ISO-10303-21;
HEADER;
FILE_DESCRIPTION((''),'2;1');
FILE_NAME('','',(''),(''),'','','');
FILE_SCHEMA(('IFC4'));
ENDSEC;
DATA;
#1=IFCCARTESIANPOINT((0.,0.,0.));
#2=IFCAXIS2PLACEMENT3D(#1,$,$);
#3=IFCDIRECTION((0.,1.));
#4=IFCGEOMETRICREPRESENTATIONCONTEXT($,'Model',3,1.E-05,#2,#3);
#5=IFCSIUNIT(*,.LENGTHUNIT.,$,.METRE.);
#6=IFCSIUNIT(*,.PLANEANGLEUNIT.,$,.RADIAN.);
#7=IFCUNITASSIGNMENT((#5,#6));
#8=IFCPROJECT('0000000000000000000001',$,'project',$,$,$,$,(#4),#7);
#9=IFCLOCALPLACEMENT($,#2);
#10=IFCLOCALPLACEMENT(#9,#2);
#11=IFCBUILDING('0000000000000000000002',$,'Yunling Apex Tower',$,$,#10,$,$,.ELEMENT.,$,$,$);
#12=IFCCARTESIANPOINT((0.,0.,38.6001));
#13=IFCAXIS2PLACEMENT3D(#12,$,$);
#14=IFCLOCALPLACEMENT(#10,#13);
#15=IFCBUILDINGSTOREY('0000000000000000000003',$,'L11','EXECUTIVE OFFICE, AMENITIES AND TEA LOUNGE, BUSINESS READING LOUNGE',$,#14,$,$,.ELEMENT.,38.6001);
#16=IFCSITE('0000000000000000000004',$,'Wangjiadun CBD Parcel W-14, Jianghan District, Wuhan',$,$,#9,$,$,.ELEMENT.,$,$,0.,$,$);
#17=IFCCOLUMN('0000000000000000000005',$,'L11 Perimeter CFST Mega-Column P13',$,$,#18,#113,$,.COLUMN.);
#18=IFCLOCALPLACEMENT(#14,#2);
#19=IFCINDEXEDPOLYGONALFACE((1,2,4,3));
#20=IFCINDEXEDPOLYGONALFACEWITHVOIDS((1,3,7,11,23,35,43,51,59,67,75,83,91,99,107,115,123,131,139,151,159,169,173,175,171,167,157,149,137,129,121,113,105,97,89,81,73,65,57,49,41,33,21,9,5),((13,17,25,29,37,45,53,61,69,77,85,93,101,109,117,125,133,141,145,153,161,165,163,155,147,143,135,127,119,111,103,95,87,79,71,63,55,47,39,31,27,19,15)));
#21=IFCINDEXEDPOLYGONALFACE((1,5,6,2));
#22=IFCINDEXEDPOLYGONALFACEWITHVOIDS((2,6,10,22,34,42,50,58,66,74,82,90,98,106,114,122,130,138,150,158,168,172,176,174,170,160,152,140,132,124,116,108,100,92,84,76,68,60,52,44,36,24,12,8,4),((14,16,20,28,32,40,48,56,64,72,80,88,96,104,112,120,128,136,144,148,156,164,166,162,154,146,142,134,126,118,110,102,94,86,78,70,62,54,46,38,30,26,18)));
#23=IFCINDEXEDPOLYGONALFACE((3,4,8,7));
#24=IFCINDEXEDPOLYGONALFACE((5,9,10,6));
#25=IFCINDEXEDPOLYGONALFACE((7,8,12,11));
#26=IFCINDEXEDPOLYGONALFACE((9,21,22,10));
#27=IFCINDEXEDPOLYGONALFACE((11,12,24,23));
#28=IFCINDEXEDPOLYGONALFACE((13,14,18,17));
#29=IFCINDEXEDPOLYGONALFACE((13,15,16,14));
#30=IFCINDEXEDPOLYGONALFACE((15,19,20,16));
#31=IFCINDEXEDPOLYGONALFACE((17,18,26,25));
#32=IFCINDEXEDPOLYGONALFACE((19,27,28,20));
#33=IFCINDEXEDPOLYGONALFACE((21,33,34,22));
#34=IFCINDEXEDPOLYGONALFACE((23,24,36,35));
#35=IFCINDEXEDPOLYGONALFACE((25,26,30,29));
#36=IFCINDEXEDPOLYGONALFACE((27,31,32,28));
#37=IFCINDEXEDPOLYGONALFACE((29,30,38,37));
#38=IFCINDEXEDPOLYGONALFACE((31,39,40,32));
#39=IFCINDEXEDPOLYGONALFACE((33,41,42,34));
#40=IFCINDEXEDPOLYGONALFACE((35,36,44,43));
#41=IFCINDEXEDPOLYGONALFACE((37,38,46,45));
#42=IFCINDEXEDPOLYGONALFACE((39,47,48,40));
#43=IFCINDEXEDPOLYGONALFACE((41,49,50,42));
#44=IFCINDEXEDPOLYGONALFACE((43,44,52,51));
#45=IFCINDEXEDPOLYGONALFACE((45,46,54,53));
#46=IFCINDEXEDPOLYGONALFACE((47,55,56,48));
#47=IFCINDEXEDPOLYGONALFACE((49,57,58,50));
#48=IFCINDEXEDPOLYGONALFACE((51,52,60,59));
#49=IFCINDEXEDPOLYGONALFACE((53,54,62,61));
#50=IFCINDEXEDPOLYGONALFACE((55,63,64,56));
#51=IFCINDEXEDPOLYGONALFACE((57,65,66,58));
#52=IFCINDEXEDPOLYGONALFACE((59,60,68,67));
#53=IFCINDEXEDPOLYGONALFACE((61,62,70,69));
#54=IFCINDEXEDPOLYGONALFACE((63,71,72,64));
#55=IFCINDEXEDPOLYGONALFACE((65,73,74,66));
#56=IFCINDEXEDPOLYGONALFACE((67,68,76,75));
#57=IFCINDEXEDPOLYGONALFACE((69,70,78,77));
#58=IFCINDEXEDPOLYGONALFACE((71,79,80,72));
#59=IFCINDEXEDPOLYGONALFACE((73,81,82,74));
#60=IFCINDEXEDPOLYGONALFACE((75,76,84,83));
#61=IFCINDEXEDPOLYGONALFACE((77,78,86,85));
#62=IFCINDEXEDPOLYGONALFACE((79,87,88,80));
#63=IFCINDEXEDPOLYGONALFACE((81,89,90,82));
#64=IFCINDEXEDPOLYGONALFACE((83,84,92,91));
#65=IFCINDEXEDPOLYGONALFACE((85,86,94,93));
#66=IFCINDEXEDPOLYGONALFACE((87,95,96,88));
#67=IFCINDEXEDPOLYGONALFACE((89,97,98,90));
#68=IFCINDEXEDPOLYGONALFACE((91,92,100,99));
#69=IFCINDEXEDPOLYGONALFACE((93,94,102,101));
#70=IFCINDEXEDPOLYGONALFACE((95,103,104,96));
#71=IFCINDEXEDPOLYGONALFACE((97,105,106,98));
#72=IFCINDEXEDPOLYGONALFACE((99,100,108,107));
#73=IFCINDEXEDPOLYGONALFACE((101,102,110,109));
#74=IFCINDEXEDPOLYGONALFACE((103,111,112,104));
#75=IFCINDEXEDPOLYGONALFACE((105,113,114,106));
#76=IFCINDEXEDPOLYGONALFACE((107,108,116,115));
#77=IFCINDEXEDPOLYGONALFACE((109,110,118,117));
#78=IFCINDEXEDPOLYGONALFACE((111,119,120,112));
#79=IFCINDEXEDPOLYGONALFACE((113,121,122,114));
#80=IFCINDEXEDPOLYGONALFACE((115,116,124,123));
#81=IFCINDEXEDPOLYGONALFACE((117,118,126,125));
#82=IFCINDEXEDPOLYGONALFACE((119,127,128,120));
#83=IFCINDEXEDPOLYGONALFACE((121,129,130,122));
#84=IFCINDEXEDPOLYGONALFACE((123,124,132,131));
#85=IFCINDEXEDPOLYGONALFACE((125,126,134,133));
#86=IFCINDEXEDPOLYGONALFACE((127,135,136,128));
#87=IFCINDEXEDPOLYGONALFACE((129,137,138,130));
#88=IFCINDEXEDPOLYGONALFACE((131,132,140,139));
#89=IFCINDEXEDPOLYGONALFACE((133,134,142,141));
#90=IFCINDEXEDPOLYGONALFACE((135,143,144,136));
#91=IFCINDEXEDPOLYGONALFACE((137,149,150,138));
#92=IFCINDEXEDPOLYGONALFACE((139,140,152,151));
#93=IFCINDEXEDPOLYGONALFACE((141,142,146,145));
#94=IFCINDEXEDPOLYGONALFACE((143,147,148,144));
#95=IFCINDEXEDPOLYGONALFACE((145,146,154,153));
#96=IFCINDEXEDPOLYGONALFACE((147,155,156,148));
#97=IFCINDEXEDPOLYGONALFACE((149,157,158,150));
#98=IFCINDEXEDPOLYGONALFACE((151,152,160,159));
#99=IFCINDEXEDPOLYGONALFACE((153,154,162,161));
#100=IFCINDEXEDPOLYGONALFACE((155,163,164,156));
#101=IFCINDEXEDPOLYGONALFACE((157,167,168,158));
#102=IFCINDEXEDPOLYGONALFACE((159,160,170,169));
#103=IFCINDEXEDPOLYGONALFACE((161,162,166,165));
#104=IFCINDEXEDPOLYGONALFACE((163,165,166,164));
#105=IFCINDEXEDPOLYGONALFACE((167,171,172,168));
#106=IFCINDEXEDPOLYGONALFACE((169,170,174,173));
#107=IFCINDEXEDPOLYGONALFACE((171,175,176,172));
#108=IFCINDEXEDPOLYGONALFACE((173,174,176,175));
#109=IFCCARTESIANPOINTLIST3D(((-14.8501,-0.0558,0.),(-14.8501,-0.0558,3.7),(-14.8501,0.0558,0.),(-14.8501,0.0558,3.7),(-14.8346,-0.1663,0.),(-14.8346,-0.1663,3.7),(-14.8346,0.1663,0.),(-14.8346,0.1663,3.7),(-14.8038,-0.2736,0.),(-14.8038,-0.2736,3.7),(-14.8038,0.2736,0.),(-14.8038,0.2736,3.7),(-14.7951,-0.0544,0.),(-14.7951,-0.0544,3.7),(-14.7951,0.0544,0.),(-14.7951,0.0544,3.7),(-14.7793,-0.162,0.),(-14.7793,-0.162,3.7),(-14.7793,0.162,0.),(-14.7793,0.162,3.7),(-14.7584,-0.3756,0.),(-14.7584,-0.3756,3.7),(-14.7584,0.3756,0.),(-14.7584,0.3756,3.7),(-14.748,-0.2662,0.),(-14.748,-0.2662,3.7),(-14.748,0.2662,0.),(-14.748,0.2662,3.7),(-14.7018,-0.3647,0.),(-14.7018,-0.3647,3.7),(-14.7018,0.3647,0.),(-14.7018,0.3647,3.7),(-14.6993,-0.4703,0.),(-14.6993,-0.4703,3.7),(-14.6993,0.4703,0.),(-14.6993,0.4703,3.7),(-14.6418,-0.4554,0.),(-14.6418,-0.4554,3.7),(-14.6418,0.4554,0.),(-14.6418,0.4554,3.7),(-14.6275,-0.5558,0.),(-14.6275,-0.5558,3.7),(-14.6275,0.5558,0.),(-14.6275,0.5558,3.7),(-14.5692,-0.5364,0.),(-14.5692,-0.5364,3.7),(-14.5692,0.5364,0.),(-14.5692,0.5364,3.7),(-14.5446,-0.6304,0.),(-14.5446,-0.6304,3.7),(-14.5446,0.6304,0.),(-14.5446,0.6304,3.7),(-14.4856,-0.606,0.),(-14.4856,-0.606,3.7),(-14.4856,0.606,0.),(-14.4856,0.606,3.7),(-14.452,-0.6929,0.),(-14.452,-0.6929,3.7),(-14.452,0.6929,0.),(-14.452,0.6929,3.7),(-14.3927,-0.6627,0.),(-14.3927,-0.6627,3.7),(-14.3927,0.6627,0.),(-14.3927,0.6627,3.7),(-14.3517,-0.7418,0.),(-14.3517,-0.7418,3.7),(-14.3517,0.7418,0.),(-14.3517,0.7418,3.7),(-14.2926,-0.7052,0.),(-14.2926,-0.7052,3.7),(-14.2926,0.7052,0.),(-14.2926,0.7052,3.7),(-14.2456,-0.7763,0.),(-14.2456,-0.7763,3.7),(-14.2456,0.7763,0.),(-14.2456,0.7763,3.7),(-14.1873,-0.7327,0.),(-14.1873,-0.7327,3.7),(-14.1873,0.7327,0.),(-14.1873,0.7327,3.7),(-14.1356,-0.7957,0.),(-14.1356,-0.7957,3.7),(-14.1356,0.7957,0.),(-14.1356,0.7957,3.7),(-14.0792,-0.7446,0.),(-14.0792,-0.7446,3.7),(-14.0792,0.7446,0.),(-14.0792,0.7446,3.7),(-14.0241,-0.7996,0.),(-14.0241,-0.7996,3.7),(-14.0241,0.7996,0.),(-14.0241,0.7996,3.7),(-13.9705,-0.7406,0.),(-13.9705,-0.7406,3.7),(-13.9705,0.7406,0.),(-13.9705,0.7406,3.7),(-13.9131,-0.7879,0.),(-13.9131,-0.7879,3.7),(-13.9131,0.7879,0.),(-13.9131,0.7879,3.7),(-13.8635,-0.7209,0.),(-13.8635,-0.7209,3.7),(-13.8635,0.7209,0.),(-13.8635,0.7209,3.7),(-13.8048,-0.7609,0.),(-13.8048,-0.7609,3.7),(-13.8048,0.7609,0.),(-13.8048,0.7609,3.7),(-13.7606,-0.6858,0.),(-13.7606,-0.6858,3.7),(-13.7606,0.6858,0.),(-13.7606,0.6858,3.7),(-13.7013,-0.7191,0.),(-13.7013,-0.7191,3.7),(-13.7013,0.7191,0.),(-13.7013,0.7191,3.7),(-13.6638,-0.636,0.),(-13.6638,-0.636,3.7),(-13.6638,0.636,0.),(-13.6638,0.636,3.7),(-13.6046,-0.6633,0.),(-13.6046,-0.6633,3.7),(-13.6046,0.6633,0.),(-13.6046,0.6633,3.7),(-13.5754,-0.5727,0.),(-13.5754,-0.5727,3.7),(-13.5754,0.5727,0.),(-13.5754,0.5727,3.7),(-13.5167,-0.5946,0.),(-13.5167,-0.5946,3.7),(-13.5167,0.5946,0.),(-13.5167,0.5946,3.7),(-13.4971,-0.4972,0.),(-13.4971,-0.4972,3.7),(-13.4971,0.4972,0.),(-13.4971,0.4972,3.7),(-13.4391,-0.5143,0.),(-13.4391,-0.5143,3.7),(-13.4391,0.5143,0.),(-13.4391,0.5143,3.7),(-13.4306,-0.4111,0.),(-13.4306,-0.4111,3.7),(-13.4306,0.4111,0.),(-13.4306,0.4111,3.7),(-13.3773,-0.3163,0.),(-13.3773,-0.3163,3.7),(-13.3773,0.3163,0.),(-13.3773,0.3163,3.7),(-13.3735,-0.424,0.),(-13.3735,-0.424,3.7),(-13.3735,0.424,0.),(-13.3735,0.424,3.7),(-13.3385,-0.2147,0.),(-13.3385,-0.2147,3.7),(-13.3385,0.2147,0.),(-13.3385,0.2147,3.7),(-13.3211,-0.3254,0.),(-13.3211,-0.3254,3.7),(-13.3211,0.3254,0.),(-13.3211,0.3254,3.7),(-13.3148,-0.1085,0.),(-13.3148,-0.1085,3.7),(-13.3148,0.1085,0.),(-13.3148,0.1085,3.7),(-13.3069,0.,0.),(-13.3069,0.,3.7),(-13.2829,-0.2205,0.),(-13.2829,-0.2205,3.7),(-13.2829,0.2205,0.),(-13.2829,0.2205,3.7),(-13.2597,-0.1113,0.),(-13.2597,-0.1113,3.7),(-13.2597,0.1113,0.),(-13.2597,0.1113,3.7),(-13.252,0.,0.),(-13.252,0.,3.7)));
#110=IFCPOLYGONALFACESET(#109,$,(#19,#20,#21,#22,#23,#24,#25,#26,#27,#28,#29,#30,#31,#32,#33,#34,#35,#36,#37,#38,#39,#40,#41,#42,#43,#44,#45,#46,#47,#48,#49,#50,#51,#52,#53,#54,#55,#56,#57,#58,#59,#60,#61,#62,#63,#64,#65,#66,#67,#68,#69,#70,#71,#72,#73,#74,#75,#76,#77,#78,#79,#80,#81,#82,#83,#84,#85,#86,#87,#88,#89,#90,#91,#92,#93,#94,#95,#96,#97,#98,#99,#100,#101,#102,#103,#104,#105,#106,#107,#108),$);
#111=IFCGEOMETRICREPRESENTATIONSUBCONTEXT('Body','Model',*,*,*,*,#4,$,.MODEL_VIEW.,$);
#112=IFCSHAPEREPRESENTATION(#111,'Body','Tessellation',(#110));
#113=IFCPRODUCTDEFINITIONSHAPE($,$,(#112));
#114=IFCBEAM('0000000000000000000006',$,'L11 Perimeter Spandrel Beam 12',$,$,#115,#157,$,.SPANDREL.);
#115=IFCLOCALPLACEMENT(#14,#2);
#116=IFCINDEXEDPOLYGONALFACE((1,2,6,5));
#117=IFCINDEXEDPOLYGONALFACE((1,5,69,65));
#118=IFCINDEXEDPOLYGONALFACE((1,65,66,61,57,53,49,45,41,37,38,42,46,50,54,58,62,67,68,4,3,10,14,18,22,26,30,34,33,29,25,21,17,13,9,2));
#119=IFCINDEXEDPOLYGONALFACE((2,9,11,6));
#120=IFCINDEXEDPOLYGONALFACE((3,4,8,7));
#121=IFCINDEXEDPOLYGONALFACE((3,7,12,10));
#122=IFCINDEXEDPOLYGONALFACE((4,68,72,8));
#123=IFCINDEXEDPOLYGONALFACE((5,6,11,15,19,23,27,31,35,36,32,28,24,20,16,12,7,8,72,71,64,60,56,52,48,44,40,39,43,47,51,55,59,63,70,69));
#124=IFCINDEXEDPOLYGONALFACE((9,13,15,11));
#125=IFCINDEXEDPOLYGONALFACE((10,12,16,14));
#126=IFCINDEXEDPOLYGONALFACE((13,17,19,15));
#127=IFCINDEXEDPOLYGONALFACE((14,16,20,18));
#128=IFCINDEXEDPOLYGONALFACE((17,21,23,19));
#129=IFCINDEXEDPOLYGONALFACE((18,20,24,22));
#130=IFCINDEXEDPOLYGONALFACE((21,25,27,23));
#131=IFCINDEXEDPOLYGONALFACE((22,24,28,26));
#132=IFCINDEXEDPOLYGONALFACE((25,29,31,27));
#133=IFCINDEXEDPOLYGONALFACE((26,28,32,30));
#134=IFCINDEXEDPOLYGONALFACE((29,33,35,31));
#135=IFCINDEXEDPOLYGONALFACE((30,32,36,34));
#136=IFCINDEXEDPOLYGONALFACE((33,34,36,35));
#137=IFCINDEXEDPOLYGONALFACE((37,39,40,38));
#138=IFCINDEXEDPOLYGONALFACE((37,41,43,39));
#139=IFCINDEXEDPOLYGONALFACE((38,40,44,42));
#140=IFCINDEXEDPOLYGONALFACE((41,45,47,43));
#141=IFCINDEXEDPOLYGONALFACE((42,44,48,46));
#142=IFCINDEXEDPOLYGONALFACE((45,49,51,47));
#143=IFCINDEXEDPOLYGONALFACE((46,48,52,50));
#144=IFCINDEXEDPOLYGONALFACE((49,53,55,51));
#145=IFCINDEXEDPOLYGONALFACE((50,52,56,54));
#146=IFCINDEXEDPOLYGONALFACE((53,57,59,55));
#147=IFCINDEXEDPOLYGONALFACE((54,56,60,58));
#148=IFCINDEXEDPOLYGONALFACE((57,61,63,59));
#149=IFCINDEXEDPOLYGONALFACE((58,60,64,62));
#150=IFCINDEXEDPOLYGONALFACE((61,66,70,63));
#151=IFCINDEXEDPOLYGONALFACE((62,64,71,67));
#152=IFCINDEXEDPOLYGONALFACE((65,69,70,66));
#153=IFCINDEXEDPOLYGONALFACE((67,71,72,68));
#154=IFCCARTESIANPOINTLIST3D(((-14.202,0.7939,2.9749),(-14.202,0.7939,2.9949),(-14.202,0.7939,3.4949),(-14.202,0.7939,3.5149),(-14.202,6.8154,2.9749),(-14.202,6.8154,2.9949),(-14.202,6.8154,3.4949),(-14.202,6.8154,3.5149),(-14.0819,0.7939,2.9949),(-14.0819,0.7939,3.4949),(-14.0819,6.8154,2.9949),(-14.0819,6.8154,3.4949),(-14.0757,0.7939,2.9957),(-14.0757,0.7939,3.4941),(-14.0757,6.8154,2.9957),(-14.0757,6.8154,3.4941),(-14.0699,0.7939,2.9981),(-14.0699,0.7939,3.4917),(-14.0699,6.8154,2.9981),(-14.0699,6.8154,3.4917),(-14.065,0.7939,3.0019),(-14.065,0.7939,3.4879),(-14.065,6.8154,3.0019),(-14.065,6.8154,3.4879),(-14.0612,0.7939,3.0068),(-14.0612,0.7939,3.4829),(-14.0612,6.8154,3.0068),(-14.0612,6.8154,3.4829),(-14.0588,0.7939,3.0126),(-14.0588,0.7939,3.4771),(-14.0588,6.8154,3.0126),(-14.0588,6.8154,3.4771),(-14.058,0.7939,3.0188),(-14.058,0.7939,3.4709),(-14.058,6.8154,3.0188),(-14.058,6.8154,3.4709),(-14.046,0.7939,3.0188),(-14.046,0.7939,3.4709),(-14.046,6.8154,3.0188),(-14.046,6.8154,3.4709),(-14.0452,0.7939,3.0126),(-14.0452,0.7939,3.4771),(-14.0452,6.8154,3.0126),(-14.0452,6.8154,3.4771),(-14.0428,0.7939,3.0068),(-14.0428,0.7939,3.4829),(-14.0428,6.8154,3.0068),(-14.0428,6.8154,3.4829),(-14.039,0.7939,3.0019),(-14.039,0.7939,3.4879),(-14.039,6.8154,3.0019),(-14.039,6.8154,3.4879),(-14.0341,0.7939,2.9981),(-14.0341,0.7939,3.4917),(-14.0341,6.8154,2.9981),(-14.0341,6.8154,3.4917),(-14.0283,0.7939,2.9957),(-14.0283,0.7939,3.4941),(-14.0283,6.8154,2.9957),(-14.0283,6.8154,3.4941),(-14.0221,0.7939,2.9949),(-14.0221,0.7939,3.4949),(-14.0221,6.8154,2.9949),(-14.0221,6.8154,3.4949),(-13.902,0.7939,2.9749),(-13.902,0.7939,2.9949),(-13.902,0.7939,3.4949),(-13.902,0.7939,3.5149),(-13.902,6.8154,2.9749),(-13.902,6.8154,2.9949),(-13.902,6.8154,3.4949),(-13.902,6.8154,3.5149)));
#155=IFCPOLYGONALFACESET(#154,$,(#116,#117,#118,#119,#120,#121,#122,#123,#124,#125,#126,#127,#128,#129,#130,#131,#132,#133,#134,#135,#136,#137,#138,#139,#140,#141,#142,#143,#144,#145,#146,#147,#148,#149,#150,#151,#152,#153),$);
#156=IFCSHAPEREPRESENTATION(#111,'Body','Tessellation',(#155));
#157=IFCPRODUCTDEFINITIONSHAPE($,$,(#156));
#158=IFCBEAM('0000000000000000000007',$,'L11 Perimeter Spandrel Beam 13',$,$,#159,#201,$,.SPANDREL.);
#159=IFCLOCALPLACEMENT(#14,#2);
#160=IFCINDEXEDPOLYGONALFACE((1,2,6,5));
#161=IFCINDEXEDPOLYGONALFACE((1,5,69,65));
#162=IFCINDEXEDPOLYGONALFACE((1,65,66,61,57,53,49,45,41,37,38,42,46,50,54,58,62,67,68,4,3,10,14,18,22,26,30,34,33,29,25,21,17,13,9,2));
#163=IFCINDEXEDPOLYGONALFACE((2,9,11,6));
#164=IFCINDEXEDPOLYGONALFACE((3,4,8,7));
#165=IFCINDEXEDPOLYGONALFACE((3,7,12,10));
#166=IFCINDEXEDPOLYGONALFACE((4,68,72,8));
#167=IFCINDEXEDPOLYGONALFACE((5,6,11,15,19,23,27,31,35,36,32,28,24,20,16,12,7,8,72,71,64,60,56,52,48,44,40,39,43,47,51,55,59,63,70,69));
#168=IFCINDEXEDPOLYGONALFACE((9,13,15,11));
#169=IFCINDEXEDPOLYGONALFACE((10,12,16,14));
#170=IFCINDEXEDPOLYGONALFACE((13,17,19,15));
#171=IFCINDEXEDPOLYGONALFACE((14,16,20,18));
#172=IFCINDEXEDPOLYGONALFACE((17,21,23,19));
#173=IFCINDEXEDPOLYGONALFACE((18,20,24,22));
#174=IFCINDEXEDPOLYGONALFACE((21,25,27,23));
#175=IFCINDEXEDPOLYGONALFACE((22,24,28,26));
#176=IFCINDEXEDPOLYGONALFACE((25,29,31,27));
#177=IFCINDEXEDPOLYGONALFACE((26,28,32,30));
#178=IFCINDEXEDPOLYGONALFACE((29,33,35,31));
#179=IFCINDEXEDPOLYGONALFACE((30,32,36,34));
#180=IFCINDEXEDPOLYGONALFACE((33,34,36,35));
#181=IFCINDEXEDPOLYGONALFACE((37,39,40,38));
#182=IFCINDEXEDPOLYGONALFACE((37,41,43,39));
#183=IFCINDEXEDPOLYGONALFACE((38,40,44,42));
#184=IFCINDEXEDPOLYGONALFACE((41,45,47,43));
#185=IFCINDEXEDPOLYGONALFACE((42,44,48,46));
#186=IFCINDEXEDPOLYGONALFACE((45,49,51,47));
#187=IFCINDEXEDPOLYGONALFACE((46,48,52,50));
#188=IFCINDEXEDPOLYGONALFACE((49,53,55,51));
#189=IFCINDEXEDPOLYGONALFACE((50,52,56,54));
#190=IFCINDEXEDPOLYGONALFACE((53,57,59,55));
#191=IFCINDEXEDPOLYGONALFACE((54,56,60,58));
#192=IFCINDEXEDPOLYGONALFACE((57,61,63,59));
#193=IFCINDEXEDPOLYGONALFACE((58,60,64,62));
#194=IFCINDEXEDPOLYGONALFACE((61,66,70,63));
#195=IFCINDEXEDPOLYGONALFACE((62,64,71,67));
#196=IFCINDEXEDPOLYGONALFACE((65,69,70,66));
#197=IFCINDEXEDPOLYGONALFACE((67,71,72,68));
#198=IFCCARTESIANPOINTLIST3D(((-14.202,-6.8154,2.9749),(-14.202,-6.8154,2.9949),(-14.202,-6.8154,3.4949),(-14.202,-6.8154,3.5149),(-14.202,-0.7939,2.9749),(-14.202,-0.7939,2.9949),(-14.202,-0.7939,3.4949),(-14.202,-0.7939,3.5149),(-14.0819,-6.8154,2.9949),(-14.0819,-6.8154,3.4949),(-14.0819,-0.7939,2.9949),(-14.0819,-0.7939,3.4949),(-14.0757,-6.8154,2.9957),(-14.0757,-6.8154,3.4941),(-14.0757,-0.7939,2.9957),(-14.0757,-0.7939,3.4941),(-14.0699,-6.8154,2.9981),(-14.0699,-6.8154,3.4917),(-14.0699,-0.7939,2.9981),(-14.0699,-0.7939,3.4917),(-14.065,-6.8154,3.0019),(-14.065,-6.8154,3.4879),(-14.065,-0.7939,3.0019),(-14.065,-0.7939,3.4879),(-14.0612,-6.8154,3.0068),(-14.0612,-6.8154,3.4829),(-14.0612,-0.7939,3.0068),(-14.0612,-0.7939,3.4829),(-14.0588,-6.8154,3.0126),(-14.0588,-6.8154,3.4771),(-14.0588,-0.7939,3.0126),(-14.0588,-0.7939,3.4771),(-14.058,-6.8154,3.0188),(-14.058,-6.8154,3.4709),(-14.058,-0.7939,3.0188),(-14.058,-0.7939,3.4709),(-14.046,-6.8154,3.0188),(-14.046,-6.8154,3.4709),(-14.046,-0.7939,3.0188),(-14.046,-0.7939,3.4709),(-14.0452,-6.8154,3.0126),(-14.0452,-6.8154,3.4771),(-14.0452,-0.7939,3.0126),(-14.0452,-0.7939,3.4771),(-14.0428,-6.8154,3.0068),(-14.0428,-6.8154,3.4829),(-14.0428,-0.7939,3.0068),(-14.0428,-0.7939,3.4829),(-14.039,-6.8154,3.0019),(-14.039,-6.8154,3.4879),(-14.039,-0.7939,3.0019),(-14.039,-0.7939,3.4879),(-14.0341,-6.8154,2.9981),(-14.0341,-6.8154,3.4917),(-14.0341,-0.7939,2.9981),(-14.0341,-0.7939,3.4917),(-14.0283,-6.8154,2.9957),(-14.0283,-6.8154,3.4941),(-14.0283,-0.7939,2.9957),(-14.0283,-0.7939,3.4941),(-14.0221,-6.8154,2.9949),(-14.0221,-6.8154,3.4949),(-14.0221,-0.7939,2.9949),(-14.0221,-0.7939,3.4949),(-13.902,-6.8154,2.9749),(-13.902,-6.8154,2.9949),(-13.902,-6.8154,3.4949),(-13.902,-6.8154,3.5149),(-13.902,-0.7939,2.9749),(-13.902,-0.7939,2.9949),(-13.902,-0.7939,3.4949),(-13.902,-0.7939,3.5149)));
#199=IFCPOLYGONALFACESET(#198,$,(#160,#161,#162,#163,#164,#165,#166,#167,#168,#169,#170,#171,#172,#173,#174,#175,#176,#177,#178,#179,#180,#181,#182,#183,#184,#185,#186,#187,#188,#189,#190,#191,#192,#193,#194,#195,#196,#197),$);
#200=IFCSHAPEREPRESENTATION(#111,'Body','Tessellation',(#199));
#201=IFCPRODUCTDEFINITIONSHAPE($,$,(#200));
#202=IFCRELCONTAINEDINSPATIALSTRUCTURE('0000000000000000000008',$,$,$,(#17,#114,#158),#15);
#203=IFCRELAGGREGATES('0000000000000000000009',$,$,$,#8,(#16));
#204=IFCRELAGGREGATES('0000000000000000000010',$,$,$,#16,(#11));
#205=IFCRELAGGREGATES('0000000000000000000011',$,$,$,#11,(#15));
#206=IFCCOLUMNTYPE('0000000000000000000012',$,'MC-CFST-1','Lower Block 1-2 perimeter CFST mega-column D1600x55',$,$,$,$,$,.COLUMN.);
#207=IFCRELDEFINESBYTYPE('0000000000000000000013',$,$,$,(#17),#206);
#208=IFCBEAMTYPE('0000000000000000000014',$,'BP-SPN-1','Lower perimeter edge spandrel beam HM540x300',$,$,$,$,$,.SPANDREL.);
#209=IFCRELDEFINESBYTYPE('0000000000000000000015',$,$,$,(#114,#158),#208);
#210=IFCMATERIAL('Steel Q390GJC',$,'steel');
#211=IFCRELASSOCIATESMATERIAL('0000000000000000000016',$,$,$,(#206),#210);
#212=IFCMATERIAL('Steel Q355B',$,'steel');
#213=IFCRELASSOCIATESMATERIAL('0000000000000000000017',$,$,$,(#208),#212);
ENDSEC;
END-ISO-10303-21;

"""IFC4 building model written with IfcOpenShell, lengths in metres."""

from ifc_helpers import new_model, si_unit, direction, frame, origin, origin_2d, place, context, subcontext, project, spatial, hollow_circle, i_section, extrude, source, transform, mapped, material, material_profile, profile_set, type_object, element, save


model = new_model("IFC4")

# Units and contexts
model_context = context("Model", 3, precision=1e-05, world=origin(), true_north=direction((0.0, 1.0)))
body_context = subcontext(model_context, "Body", "Model", "MODEL_VIEW")
ifc_project = project(units=[si_unit("LENGTHUNIT", "METRE"), si_unit("PLANEANGLEUNIT", "RADIAN")], contexts=[model_context])

# Site, building, storey
site_placement = place(None, origin())
site = spatial("IfcSite", under=ifc_project, at=site_placement, Name="Wangjiadun CBD Parcel W-14, Jianghan District, Wuhan", CompositionType="ELEMENT", RefElevation=0.0)
building_placement = place(site_placement, origin())
building = spatial("IfcBuilding", under=site, at=building_placement, Name="Yunling Apex Tower", CompositionType="ELEMENT")
storey_placement = place(building_placement, frame((0.0, 0.0, 38.6001)))
storey = spatial("IfcBuildingStorey", under=building, at=storey_placement, Name="L11", Description="EXECUTIVE OFFICE, AMENITIES AND TEA LOUNGE, BUSINESS READING LOUNGE", CompositionType="ELEMENT", Elevation=38.6001)

# Column
ifc_material_1 = material(Name="Steel Q390GJC", Category="steel")
ifc_material_profile_1 = material_profile(ifc_material_1, hollow_circle(Radius=0.8, WallThickness=0.0549, at=origin_2d()))
ifc_profile_set_1 = profile_set([ifc_material_profile_1], Name="Steel Q390GJC")
column_type = type_object("IfcColumnType", Name="MC-CFST-1", Description="Lower Block 1-2 perimeter CFST mega-column D1600x55", PredefinedType="COLUMN", material=ifc_profile_set_1)
shared_shape_1 = source(origin(), body_context, "Body", "SweptSolid", [
    extrude(hollow_circle(Radius=0.8, WallThickness=0.0549, at=origin_2d()), origin(), (0.0, 0.0, 1.0), 3.7),
])
column_placement = place(storey_placement, frame((-14.052, 0.0, 0.0), z_axis=(0.0, 0.0, 1.0), x_axis=(1.0, 0.0, 0.0)))
element("IfcColumn", 1, at=column_placement, inside=storey, type_object=column_type, Name="L11 Perimeter CFST Mega-Column P13", PredefinedType="COLUMN", context=body_context, shape_type="MappedRepresentation", body=[
    mapped(shared_shape_1, transform((0.0, 0.0, 0.0), scale=1.0)),
])

# Beams
ifc_material_2 = material(Name="Steel Q355B", Category="steel")
ifc_material_profile_2 = material_profile(ifc_material_2, i_section(OverallWidth=0.3, OverallDepth=0.54, WebThickness=0.012, FlangeThickness=0.02, FilletRadius=0.0239, at=origin_2d()))
ifc_profile_set_2 = profile_set([ifc_material_profile_2], Name="Steel Q355B")
beam_type_1 = type_object("IfcBeamType", Name="BP-SPN-1", Description="Lower perimeter edge spandrel beam HM540x300", PredefinedType="SPANDREL", material=ifc_profile_set_2)
shared_shape_2 = source(origin(), body_context, "Body", "SweptSolid", [
    extrude(i_section(OverallWidth=0.3, OverallDepth=0.54, WebThickness=0.012, FlangeThickness=0.02, FilletRadius=0.0239, at=origin_2d()), origin(), (0.0, 0.0, 1.0), 6.0215),
])
for number, where, z_axis, x_axis, name in (
    (2, (-14.052, 6.8154, 3.2449), (0.0, -1.0, 0.0), (1.0, 0.0, 0.0), "L11 Perimeter Spandrel Beam 12"),
    (3, (-14.052, -0.7939, 3.2449), (0.0, -1.0, 0.0), (1.0, 0.0, 0.0), "L11 Perimeter Spandrel Beam 13"),
):
    element("IfcBeam", number, at=place(storey_placement, frame(where, z_axis=z_axis, x_axis=x_axis)), inside=storey, type_object=beam_type_1, Name=name, PredefinedType="SPANDREL", context=body_context, shape_type="MappedRepresentation", body=[
        mapped(shared_shape_2, transform((0.0, 0.0, 0.0), scale=1.0)),
    ])

save(model, "model.ifc")
